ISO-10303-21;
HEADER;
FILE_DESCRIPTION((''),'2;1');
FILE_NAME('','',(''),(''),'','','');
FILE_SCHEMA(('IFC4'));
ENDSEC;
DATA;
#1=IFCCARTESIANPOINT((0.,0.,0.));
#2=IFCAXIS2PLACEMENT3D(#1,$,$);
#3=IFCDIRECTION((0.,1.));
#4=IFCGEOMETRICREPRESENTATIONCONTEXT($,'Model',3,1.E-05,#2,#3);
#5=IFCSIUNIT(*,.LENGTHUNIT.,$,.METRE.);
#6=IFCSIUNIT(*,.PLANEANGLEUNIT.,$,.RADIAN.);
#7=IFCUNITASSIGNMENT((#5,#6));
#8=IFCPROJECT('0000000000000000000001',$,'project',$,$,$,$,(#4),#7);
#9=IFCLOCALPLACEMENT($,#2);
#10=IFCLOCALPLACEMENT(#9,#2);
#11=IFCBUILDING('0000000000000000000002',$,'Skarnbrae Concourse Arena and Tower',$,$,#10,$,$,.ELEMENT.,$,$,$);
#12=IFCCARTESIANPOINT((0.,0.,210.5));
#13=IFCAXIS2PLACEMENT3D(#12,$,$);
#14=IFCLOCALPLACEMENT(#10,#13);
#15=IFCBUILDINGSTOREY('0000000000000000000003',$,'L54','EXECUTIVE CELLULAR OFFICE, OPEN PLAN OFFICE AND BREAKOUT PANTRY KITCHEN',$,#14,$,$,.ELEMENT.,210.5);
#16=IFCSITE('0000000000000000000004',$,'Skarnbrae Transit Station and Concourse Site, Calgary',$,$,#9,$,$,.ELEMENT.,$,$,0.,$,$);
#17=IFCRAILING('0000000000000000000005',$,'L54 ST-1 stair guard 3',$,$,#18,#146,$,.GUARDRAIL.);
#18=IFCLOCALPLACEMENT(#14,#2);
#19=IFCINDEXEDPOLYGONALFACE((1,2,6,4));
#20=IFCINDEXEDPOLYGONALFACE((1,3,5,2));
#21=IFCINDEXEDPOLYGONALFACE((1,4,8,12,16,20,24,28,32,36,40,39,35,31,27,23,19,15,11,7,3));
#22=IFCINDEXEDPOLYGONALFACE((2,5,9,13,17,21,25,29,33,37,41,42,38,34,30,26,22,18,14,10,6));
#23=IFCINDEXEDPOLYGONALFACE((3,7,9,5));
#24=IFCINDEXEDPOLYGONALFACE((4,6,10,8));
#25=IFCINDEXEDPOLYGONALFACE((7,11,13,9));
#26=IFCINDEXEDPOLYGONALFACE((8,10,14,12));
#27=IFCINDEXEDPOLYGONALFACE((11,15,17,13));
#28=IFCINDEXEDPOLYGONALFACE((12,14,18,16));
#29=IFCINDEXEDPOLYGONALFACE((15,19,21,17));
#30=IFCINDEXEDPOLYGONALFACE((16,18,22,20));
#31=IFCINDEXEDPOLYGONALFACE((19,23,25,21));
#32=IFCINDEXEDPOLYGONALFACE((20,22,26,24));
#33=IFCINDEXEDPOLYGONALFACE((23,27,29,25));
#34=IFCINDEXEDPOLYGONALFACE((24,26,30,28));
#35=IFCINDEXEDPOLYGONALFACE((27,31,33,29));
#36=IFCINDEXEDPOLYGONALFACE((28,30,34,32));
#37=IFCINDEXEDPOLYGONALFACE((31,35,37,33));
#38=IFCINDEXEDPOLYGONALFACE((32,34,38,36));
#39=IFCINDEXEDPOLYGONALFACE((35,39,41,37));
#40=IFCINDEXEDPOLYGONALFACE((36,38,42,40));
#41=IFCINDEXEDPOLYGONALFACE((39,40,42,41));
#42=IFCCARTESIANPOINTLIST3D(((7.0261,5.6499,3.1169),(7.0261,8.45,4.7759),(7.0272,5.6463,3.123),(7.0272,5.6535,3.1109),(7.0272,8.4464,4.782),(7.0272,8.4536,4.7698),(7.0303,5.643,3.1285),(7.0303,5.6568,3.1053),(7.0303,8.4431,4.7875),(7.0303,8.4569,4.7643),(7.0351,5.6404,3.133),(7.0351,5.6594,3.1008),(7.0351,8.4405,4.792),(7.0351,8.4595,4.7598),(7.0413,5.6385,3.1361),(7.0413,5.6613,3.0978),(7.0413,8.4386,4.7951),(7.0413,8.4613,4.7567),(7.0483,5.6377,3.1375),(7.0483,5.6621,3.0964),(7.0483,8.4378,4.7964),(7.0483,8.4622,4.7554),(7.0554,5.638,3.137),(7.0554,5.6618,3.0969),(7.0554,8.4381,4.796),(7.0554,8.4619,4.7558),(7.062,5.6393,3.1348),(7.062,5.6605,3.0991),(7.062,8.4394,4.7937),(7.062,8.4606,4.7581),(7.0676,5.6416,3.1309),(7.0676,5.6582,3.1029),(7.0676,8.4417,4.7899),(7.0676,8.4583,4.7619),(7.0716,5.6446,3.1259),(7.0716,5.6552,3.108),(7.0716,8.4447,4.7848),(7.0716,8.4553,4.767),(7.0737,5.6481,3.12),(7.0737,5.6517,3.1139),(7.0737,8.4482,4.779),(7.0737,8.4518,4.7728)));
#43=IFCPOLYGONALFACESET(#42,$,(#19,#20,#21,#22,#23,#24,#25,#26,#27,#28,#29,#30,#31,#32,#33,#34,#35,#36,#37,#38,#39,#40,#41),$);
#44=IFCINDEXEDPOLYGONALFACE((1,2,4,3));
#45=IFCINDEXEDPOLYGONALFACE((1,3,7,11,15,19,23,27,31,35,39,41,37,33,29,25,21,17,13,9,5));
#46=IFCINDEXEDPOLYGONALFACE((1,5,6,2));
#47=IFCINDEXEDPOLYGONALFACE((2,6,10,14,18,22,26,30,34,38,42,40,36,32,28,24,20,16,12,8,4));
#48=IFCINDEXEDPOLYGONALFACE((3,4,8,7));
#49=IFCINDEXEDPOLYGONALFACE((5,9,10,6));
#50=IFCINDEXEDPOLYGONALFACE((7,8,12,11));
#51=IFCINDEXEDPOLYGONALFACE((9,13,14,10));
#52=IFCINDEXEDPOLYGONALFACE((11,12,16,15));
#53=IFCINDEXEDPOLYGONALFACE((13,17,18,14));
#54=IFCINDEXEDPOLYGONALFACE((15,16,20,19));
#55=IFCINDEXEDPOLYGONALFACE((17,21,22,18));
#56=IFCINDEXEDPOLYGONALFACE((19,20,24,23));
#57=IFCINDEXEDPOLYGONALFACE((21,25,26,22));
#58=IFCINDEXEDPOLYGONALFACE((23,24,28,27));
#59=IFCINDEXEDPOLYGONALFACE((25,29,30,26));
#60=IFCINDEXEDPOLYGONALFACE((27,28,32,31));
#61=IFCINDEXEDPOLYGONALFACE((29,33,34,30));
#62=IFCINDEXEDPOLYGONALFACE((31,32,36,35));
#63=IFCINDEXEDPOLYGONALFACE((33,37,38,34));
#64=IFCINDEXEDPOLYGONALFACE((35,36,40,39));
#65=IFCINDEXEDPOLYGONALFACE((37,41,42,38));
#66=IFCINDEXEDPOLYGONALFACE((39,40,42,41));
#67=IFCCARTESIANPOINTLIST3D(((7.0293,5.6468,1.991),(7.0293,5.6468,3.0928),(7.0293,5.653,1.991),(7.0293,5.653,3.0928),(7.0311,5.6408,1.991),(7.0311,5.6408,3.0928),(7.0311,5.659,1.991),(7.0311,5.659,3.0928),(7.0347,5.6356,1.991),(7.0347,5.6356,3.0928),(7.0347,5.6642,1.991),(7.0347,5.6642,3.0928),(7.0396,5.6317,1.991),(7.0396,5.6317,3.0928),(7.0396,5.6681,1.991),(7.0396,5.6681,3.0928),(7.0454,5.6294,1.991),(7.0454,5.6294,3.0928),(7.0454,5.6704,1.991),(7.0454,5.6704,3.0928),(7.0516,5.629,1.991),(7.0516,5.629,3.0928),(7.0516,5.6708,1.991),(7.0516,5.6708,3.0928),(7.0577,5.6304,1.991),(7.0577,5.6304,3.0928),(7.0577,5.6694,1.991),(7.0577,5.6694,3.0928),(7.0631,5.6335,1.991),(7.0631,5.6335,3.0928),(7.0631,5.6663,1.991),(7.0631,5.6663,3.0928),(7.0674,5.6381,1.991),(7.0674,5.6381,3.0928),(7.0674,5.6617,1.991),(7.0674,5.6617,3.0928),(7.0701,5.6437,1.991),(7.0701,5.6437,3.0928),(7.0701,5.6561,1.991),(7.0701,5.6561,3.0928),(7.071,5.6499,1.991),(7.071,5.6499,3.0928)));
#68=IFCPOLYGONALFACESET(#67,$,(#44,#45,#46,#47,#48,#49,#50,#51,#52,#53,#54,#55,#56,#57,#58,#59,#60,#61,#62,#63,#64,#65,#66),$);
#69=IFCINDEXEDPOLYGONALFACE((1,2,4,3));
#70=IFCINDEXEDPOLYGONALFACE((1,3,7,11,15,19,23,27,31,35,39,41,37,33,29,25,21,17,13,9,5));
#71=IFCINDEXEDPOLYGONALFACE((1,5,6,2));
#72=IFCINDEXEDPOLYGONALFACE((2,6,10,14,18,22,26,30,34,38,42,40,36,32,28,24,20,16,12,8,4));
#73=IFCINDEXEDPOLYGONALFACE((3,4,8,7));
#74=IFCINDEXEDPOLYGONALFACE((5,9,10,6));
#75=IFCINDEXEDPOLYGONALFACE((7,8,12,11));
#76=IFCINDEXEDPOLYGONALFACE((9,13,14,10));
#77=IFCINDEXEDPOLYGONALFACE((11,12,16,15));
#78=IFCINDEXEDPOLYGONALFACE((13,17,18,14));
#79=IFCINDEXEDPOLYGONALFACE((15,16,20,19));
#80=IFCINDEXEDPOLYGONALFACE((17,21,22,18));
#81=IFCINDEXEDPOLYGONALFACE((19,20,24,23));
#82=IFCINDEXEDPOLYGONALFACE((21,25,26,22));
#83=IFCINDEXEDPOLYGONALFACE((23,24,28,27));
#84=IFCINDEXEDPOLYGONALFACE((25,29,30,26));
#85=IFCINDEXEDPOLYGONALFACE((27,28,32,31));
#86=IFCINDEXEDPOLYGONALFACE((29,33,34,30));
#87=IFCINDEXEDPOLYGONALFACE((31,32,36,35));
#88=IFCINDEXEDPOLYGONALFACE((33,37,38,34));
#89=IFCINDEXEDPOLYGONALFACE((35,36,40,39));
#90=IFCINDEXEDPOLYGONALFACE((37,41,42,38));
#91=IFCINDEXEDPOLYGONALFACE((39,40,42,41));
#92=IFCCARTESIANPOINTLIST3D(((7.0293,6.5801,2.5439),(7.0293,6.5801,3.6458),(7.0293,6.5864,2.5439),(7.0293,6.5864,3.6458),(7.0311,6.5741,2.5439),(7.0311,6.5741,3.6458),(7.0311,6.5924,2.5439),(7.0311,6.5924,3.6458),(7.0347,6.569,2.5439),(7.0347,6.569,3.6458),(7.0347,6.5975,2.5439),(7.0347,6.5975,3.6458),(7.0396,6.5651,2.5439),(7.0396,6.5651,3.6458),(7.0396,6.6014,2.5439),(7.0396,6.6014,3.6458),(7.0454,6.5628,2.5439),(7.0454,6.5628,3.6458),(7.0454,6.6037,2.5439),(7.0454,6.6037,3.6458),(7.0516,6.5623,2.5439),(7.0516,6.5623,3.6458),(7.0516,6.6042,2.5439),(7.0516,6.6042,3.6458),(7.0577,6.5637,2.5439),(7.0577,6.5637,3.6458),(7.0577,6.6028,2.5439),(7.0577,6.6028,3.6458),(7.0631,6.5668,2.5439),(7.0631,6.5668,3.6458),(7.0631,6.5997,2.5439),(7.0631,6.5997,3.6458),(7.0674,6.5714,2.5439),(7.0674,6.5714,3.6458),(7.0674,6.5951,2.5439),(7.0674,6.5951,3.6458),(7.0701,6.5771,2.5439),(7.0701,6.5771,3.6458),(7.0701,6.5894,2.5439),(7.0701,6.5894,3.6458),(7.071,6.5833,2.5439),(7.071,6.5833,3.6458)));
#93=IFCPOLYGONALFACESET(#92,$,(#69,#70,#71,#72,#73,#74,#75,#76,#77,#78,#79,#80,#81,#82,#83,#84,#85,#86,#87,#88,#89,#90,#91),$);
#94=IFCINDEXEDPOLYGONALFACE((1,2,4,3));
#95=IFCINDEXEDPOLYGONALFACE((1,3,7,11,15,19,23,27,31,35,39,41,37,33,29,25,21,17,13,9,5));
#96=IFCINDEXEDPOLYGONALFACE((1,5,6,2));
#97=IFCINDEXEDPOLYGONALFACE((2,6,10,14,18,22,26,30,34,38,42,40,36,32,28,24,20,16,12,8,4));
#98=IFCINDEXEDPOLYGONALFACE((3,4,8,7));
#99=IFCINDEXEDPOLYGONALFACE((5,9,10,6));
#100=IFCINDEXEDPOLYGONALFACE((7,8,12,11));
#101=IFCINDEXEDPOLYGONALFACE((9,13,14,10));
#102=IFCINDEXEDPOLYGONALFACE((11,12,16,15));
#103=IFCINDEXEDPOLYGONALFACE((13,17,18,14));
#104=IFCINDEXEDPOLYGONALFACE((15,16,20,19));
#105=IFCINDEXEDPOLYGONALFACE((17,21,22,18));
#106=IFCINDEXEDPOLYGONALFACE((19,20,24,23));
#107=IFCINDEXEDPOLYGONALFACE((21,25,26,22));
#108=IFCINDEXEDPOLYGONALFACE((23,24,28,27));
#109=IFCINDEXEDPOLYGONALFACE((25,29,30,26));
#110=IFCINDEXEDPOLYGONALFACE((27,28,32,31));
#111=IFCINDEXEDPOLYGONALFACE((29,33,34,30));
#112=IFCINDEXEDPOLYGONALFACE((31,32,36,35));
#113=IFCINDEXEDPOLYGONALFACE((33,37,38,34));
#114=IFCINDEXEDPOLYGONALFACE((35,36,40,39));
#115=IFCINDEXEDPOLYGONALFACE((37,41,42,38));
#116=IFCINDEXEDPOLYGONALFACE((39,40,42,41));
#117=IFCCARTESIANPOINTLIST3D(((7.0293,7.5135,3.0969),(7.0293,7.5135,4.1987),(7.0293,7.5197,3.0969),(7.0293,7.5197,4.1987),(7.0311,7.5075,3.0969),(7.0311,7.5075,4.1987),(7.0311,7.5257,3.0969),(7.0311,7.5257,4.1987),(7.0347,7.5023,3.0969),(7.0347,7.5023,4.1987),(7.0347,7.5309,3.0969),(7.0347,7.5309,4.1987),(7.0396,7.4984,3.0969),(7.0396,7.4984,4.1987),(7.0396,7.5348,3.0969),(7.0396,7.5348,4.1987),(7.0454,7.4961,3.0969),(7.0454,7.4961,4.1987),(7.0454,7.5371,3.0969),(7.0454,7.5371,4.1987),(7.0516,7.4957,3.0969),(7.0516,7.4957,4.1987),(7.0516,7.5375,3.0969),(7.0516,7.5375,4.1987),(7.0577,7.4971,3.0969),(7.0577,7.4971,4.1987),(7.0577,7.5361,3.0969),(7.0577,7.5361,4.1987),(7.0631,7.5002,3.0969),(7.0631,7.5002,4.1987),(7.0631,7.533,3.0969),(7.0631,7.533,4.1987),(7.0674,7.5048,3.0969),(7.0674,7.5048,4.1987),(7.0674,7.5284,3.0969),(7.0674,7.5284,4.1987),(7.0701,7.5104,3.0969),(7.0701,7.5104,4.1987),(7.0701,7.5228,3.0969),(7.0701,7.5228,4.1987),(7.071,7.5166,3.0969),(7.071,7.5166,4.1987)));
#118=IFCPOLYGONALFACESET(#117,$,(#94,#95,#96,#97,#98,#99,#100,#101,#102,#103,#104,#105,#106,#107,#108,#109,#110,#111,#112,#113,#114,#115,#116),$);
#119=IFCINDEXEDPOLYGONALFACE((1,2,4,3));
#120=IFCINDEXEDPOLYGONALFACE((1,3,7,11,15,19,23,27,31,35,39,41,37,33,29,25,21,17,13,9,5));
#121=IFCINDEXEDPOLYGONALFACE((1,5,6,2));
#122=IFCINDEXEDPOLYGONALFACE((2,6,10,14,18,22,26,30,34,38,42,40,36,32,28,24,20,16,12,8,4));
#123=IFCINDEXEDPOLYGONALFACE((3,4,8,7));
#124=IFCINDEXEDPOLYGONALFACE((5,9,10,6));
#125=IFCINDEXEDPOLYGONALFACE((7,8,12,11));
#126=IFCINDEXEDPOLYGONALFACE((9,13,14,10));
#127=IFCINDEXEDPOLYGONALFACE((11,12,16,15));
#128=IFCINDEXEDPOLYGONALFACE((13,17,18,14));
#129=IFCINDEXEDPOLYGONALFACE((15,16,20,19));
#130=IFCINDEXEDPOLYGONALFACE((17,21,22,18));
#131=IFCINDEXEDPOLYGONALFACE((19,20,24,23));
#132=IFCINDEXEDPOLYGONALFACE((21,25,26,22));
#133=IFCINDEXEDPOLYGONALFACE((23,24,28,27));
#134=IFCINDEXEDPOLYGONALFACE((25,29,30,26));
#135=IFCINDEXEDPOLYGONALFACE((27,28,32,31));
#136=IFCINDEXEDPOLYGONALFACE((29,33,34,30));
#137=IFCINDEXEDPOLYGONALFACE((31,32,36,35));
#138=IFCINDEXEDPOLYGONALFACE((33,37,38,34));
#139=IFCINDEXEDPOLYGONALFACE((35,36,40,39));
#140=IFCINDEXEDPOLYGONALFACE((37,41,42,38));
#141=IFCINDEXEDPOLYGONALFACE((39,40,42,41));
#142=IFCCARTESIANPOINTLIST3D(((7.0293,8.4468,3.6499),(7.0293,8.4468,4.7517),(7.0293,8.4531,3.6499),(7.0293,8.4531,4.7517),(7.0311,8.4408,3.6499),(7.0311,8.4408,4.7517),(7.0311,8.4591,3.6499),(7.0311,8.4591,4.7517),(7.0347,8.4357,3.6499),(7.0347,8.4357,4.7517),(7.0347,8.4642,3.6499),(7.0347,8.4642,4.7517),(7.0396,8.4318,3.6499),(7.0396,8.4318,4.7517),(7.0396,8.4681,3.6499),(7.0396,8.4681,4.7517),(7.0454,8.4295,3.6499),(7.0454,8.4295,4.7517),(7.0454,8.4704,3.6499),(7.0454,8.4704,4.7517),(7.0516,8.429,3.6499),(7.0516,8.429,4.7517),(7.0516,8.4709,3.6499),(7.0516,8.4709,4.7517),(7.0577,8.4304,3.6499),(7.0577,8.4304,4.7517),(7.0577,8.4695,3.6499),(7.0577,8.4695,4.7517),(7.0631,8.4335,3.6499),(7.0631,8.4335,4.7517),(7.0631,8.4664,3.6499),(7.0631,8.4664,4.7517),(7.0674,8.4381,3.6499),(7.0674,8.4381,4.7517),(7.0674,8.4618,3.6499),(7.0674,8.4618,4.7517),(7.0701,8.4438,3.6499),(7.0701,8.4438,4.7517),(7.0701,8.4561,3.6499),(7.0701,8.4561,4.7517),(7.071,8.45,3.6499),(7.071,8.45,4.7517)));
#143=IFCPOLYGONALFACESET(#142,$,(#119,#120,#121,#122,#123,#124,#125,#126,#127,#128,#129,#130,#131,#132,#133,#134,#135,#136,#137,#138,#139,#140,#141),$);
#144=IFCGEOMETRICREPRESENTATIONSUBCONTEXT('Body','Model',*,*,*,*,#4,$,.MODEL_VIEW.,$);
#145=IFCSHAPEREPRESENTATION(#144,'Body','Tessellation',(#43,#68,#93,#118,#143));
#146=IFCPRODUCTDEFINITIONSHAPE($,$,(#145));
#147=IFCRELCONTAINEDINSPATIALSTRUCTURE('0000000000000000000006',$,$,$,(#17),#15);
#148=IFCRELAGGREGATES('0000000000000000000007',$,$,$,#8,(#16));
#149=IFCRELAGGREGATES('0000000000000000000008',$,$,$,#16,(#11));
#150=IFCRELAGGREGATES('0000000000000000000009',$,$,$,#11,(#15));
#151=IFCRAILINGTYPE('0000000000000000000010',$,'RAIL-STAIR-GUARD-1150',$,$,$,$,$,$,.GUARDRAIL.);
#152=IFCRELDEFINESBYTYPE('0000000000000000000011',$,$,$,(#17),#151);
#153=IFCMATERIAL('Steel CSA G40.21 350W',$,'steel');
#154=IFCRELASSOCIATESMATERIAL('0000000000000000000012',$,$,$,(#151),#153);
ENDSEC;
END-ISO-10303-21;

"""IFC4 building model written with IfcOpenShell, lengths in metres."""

from ifc_helpers import new_model, si_unit, direction, frame, origin, origin_2d, place, context, subcontext, project, spatial, circle, extrude, material, type_object, element, save


model = new_model("IFC4")

# Units and contexts
model_context = context("Model", 3, precision=1e-05, world=origin(), true_north=direction((0.0, 1.0)))
body_context = subcontext(model_context, "Body", "Model", "MODEL_VIEW")
ifc_project = project(units=[si_unit("LENGTHUNIT", "METRE"), si_unit("PLANEANGLEUNIT", "RADIAN")], contexts=[model_context])

# Site, building, storey
site_placement = place(None, origin())
site = spatial("IfcSite", under=ifc_project, at=site_placement, Name="Skarnbrae Transit Station and Concourse Site, Calgary", CompositionType="ELEMENT", RefElevation=0.0)
building_placement = place(site_placement, origin())
building = spatial("IfcBuilding", under=site, at=building_placement, Name="Skarnbrae Concourse Arena and Tower", CompositionType="ELEMENT")
storey_placement = place(building_placement, frame((0.0, 0.0, 210.5)))
storey = spatial("IfcBuildingStorey", under=building, at=storey_placement, Name="L54", Description="EXECUTIVE CELLULAR OFFICE, OPEN PLAN OFFICE AND BREAKOUT PANTRY KITCHEN", CompositionType="ELEMENT", Elevation=210.5)

# Shared definitions
ifc_material_1 = material(Name="Steel CSA G40.21 350W", Category="steel")

# Railing
railing_type_1 = type_object("IfcRailingType", Name="RAIL-STAIR-GUARD-1150", PredefinedType="GUARDRAIL", material=ifc_material_1)
railing_1_placement = place(storey_placement, frame((7.05, 5.6499, 1.991)))
element("IfcRailing", 1, at=railing_1_placement, inside=storey, type_object=railing_type_1, Name="L54 ST-1 stair guard 3", PredefinedType="GUARDRAIL", context=body_context, shape_type="SweptSolid", body=[
    extrude(circle(Radius=0.0239, at=origin_2d()), frame((0.0, 0.0, 1.126), z_axis=(0.0, 0.860339, 0.509722), x_axis=(-1.0, 0.0, 0.0)), (0.0, 0.0, 1.0), 3.2546),
    extrude(circle(Radius=0.021, at=origin_2d()), origin(), (0.0, 0.0, 1.0), 1.1018),
    extrude(circle(Radius=0.021, at=origin_2d()), frame((0.0, 0.9333, 0.553)), (0.0, 0.0, 1.0), 1.1018),
    extrude(circle(Radius=0.021, at=origin_2d()), frame((0.0, 1.8667, 1.106)), (0.0, 0.0, 1.0), 1.1018),
    extrude(circle(Radius=0.021, at=origin_2d()), frame((0.0, 2.8, 1.6589)), (0.0, 0.0, 1.0), 1.1018),
])

save(model, "model.ifc")
